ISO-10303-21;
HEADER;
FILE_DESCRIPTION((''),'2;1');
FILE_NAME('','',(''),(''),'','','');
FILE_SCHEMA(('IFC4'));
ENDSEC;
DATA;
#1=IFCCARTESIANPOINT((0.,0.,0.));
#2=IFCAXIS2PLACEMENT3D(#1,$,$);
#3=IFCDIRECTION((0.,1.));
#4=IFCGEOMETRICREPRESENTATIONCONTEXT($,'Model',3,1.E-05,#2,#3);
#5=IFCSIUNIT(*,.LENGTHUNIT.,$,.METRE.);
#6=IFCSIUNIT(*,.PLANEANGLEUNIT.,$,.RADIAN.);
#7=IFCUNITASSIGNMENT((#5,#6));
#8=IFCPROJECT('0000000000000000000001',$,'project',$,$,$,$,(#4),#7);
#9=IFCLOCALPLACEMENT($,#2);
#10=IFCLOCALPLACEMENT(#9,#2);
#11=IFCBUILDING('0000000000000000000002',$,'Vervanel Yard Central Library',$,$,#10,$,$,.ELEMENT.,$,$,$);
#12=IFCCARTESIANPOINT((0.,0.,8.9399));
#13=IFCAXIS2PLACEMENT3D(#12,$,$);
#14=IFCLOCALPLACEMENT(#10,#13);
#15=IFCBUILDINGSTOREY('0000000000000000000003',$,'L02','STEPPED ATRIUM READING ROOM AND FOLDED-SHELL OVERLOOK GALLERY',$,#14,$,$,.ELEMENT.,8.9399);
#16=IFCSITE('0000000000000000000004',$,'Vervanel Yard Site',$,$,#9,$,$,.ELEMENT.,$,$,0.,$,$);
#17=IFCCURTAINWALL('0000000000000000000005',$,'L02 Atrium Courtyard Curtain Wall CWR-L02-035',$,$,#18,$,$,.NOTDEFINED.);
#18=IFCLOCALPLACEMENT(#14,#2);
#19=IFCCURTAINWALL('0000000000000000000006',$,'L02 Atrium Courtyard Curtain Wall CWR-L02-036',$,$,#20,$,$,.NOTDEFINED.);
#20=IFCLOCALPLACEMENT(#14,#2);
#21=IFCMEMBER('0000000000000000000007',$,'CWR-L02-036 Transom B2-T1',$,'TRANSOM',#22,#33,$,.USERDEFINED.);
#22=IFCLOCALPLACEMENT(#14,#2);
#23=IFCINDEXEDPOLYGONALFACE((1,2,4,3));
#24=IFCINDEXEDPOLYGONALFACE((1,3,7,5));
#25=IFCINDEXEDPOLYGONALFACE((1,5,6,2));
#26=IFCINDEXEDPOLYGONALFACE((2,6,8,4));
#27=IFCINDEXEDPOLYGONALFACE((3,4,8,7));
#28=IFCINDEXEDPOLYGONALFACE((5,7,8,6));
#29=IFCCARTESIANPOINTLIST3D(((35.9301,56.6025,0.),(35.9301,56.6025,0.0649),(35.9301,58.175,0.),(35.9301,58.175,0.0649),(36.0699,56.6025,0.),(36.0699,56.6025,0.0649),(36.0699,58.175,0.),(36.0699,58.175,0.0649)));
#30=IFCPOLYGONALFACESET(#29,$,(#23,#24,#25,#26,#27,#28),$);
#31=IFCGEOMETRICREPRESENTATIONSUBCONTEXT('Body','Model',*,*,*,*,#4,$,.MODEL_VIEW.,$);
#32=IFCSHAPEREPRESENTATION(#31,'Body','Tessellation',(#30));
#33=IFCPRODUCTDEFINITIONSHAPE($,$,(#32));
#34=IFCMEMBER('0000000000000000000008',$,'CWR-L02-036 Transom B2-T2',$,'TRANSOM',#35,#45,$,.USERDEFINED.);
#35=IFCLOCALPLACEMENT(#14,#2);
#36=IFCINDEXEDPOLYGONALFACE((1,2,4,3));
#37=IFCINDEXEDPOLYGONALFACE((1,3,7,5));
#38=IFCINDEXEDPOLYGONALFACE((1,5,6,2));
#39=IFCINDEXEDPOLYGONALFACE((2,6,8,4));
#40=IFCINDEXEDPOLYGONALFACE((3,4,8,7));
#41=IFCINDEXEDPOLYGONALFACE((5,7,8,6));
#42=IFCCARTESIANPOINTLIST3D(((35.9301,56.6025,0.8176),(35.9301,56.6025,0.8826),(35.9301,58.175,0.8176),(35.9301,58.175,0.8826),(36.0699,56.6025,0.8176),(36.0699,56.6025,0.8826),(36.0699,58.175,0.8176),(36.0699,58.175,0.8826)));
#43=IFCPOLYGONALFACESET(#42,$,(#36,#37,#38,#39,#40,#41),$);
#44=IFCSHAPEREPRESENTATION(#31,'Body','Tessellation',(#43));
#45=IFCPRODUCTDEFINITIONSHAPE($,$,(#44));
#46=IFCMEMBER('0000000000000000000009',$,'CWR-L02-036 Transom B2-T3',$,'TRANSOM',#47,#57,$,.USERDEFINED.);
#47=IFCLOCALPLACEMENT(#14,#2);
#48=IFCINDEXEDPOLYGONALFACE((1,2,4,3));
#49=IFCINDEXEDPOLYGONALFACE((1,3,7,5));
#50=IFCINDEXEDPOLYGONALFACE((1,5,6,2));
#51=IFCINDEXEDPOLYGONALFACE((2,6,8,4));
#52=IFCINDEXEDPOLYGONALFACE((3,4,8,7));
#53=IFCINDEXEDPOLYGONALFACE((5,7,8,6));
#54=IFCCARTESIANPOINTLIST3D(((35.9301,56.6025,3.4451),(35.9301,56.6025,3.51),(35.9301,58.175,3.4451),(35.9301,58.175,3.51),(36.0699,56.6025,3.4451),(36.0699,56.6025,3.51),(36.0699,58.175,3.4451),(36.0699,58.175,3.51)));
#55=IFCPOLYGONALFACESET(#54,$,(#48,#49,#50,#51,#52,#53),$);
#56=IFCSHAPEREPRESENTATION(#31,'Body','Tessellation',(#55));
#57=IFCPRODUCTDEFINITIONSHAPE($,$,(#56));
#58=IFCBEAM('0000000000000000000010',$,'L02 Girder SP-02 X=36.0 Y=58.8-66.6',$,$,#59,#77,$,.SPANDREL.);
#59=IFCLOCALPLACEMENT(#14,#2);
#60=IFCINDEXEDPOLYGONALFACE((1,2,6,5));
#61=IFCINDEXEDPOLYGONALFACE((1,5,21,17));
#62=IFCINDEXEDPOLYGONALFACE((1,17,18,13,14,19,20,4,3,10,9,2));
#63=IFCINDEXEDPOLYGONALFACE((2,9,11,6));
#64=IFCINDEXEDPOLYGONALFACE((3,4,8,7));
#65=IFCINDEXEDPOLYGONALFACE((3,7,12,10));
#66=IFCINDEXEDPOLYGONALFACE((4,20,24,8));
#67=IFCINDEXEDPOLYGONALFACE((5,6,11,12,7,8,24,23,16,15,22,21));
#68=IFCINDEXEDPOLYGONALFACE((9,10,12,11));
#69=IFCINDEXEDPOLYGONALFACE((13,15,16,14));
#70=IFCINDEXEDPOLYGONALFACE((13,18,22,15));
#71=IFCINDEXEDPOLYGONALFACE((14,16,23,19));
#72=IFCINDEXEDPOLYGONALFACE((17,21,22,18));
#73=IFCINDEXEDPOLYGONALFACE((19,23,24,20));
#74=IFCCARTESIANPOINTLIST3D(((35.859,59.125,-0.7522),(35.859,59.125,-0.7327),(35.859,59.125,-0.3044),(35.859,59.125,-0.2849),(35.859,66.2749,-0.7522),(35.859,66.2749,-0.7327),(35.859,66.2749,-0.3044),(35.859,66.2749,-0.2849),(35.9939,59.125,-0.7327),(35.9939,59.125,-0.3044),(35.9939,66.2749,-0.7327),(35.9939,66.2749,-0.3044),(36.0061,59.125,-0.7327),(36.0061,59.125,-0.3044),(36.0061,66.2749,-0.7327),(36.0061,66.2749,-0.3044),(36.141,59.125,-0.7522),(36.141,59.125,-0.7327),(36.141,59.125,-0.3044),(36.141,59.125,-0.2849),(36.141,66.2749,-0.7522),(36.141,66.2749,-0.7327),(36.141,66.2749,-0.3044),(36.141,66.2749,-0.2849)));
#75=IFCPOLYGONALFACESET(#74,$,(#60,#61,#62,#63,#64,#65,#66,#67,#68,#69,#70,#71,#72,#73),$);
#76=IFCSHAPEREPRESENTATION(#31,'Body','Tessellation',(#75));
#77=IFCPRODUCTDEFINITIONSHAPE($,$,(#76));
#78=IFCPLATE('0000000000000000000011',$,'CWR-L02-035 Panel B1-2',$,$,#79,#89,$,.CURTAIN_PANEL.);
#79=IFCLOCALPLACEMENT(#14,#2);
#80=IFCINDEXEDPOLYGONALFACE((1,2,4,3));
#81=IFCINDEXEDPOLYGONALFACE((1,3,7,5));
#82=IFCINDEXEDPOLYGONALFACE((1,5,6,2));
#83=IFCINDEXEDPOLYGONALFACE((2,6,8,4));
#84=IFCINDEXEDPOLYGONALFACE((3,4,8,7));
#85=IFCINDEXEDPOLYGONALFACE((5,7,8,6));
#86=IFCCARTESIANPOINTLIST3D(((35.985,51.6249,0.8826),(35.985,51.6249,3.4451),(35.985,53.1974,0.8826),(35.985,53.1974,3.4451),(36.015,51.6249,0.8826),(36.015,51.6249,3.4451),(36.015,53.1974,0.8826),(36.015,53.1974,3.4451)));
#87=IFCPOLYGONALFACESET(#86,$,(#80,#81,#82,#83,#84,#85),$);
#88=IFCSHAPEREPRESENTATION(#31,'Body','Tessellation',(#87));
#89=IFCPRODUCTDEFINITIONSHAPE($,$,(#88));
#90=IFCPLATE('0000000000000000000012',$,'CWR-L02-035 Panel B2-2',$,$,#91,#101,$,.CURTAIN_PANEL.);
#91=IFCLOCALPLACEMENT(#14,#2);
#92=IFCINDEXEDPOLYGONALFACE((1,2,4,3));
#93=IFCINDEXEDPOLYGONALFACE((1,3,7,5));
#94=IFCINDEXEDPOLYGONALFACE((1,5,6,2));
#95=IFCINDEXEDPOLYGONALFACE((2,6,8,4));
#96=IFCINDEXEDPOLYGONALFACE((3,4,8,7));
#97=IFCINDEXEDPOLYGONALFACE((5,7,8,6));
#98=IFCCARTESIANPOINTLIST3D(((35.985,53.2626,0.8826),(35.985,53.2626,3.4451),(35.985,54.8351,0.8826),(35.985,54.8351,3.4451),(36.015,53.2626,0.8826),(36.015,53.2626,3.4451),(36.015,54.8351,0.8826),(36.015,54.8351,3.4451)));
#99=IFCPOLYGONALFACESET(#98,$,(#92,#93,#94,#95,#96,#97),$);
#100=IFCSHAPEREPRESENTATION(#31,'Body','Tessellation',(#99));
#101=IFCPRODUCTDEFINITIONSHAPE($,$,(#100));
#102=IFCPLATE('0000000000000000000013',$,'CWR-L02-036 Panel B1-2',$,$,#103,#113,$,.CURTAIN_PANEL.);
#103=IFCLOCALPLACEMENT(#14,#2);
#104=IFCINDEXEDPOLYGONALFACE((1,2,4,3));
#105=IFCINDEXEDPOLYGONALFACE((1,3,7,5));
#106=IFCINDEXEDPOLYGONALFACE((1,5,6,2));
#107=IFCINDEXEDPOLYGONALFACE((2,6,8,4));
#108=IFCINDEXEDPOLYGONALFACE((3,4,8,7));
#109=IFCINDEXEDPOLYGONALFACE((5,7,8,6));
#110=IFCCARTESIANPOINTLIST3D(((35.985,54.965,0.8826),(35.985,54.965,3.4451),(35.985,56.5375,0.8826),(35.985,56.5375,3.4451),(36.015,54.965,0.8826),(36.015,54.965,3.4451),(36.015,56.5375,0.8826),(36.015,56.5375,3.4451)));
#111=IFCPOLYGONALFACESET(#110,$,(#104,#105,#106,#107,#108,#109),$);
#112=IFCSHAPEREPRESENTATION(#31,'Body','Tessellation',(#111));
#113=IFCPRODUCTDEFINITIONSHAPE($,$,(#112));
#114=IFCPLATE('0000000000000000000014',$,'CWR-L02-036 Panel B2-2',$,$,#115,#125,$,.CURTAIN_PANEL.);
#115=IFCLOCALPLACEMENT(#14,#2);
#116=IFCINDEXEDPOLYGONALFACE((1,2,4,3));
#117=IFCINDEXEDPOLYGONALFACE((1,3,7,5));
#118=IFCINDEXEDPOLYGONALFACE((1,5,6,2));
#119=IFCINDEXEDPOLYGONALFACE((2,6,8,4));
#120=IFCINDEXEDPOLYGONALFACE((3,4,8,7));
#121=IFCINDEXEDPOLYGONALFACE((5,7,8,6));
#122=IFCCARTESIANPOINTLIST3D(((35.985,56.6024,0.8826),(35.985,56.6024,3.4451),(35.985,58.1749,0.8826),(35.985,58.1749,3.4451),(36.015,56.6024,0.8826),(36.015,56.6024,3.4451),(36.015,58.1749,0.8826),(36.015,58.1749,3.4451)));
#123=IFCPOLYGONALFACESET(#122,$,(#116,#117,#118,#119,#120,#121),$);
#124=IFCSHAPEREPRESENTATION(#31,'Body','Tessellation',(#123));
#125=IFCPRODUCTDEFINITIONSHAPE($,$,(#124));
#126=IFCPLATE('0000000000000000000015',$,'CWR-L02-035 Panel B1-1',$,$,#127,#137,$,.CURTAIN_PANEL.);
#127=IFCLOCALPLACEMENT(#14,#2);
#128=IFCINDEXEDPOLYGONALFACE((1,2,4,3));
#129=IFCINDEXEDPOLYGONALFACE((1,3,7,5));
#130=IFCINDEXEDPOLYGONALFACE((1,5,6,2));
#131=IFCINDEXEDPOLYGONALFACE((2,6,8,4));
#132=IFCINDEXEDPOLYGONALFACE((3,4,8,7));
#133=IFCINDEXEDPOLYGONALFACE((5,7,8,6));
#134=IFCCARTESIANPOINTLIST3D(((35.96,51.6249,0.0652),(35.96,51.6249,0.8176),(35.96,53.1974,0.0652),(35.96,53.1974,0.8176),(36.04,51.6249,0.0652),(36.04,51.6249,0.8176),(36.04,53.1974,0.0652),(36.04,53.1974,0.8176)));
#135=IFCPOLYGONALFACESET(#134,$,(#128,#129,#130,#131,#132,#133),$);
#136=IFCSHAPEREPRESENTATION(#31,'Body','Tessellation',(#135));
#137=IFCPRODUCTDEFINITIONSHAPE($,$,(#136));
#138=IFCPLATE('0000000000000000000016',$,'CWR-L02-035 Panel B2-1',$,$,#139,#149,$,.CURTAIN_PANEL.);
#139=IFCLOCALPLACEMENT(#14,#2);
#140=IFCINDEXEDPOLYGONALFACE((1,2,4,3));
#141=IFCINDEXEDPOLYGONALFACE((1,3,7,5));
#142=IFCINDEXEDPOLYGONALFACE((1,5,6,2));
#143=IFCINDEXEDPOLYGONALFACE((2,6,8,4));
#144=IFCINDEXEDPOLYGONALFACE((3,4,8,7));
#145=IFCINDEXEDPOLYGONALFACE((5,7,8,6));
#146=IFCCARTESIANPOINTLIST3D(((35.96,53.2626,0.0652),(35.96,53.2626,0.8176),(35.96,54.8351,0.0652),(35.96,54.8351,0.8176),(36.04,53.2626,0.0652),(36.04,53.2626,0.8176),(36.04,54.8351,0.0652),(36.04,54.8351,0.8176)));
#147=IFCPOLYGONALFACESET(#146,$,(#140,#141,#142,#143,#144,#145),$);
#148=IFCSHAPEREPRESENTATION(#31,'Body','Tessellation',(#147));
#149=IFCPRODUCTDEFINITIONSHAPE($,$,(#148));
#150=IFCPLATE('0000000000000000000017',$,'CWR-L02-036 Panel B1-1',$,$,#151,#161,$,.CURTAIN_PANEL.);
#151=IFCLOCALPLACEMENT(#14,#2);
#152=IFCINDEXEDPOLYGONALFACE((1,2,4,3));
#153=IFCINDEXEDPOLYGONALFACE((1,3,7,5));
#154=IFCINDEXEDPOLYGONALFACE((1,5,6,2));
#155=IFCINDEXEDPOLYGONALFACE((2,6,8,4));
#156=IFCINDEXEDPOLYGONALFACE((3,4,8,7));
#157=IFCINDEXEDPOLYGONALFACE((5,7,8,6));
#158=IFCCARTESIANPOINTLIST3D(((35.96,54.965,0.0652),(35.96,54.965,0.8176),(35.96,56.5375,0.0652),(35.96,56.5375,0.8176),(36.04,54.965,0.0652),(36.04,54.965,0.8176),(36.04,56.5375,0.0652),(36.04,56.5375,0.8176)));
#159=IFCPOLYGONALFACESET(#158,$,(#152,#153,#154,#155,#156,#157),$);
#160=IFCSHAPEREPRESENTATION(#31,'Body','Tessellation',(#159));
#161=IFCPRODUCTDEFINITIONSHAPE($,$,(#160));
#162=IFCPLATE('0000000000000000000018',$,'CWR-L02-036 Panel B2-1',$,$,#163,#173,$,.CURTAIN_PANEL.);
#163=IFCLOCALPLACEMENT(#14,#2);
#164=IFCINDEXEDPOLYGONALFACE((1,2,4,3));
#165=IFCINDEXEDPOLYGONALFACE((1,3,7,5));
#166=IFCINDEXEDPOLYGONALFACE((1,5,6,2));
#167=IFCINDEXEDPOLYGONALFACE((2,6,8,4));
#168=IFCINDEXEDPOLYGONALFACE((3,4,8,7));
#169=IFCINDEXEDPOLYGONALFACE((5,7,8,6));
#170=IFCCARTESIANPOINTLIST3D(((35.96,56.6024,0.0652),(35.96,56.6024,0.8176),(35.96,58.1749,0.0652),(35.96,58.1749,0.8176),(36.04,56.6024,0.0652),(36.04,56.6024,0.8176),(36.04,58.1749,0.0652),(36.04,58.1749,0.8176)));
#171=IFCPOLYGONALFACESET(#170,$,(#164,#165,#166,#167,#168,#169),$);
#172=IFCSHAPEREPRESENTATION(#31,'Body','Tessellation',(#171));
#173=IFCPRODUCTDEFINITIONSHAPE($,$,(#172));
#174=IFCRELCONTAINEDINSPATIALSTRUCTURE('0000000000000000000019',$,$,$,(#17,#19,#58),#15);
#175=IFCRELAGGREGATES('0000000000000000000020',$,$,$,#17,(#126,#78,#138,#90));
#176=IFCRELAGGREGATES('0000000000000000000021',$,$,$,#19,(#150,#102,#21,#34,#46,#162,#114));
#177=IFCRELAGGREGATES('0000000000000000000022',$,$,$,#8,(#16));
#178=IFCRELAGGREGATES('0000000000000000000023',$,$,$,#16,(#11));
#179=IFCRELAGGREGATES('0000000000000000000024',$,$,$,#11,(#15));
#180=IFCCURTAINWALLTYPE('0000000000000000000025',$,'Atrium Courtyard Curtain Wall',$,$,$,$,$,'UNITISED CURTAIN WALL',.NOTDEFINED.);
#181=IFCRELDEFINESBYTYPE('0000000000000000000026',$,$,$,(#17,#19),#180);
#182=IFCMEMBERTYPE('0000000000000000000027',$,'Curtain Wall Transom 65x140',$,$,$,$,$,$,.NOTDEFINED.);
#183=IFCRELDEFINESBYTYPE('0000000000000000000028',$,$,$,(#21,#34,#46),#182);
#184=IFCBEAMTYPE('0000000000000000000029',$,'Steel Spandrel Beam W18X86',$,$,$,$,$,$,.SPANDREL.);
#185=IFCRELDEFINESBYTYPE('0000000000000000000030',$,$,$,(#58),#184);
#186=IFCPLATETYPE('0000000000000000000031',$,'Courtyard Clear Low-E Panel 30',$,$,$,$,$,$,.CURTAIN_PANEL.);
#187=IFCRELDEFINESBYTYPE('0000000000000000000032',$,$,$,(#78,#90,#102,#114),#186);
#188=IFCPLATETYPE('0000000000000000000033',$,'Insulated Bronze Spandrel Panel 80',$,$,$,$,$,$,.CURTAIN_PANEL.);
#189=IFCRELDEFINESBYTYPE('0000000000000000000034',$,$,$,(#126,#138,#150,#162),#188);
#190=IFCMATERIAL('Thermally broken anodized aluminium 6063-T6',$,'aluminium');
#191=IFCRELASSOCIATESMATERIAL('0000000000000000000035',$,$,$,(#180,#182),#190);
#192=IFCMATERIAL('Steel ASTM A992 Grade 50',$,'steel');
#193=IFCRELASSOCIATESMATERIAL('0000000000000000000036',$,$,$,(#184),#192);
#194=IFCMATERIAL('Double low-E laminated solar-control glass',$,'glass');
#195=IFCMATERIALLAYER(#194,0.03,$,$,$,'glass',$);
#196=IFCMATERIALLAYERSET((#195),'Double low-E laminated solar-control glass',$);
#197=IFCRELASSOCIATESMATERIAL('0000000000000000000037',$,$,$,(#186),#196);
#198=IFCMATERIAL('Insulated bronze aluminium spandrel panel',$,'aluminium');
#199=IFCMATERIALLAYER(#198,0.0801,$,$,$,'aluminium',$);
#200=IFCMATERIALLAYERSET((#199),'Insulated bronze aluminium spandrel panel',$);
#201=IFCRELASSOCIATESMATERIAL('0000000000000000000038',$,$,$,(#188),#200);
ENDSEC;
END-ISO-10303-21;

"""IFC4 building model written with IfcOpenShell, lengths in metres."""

from ifc_helpers import new_model, si_unit, direction, frame, origin, origin_2d, place, context, subcontext, project, spatial, rectangle, i_section, extrude, material, layer, layer_set, material_profile, profile_set, type_object, element, aggregate, save


model = new_model("IFC4")

# Units and contexts
model_context = context("Model", 3, precision=1e-05, world=origin(), true_north=direction((0.0, 1.0)))
body_context = subcontext(model_context, "Body", "Model", "MODEL_VIEW")
ifc_project = project(units=[si_unit("LENGTHUNIT", "METRE"), si_unit("PLANEANGLEUNIT", "RADIAN")], contexts=[model_context])

# Site, building, storey
site_placement = place(None, origin())
site = spatial("IfcSite", under=ifc_project, at=site_placement, Name="Vervanel Yard Site", CompositionType="ELEMENT", RefElevation=0.0)
building_placement = place(site_placement, origin())
building = spatial("IfcBuilding", under=site, at=building_placement, Name="Vervanel Yard Central Library", CompositionType="ELEMENT")
storey_placement = place(building_placement, frame((0.0, 0.0, 8.9399)))
storey = spatial("IfcBuildingStorey", under=building, at=storey_placement, Name="L02", Description="STEPPED ATRIUM READING ROOM AND FOLDED-SHELL OVERLOOK GALLERY", CompositionType="ELEMENT", Elevation=8.9399)

# Curtain walls
ifc_material_1 = material(Name="Thermally broken anodized aluminium 6063-T6", Category="aluminium")
curtain_wall_type = type_object("IfcCurtainWallType", Name="Atrium Courtyard Curtain Wall", ElementType="UNITISED CURTAIN WALL", PredefinedType="NOTDEFINED", material=ifc_material_1)
curtain_wall_1_placement = place(storey_placement, origin())
curtain_wall_1 = element("IfcCurtainWall", 1, at=curtain_wall_1_placement, inside=storey, type_object=curtain_wall_type, Name="L02 Atrium Courtyard Curtain Wall CWR-L02-035", PredefinedType="NOTDEFINED")
curtain_wall_2_placement = place(storey_placement, origin())
curtain_wall_2 = element("IfcCurtainWall", 2, at=curtain_wall_2_placement, inside=storey, type_object=curtain_wall_type, Name="L02 Atrium Courtyard Curtain Wall CWR-L02-036", PredefinedType="NOTDEFINED")

# Members
ifc_material_profile_1 = material_profile(ifc_material_1, rectangle(XDim=0.0649, YDim=0.1399, at=origin_2d()), Name="ALU 65x140", Category="aluminium")
ifc_profile_set_1 = profile_set([ifc_material_profile_1], Name="Thermally broken anodized aluminium 6063-T6")
member_type_1 = type_object("IfcMemberType", Name="Curtain Wall Transom 65x140", PredefinedType="NOTDEFINED", material=ifc_profile_set_1)
member_1_placement = place(storey_placement, frame((36.0, 56.6025, 0.0325), z_axis=(0.0, 1.0, 0.0), x_axis=(0.0, 0.0, 1.0)))
member_1 = element("IfcMember", 3, at=member_1_placement, type_object=member_type_1, Name="CWR-L02-036 Transom B2-T1", ObjectType="TRANSOM", PredefinedType="USERDEFINED", context=body_context, shape_type="SweptSolid", body=[
    extrude(rectangle(XDim=0.0649, YDim=0.1399, at=origin_2d()), origin(), (0.0, 0.0, 1.0), 1.5725),
])
member_2_placement = place(storey_placement, frame((36.0, 56.6025, 0.8501), z_axis=(0.0, 1.0, 0.0), x_axis=(0.0, 0.0, 1.0)))
member_2 = element("IfcMember", 4, at=member_2_placement, type_object=member_type_1, Name="CWR-L02-036 Transom B2-T2", ObjectType="TRANSOM", PredefinedType="USERDEFINED", context=body_context, shape_type="SweptSolid", body=[
    extrude(rectangle(XDim=0.0649, YDim=0.1399, at=origin_2d()), origin(), (0.0, 0.0, 1.0), 1.5725),
])
member_3_placement = place(storey_placement, frame((36.0, 56.6025, 3.4775), z_axis=(0.0, 1.0, 0.0), x_axis=(0.0, 0.0, 1.0)))
member_3 = element("IfcMember", 5, at=member_3_placement, type_object=member_type_1, Name="CWR-L02-036 Transom B2-T3", ObjectType="TRANSOM", PredefinedType="USERDEFINED", context=body_context, shape_type="SweptSolid", body=[
    extrude(rectangle(XDim=0.0649, YDim=0.1399, at=origin_2d()), origin(), (0.0, 0.0, 1.0), 1.5725),
])

# Beam
ifc_material_2 = material(Name="Steel ASTM A992 Grade 50", Category="steel")
ifc_material_profile_2 = material_profile(ifc_material_2, i_section(OverallWidth=0.282, OverallDepth=0.4673, WebThickness=0.0122, FlangeThickness=0.0195, at=origin_2d()), Name="W18X86", Category="steel")
ifc_profile_set_2 = profile_set([ifc_material_profile_2], Name="Steel ASTM A992 Grade 50")
beam_type = type_object("IfcBeamType", Name="Steel Spandrel Beam W18X86", PredefinedType="SPANDREL", material=ifc_profile_set_2)
beam_placement = place(storey_placement, frame((36.0, 59.125, -0.5186), z_axis=(0.0, 1.0, 0.0), x_axis=(-1.0, 0.0, 0.0)))
element("IfcBeam", 6, at=beam_placement, inside=storey, type_object=beam_type, Name="L02 Girder SP-02 X=36.0 Y=58.8-66.6", PredefinedType="SPANDREL", context=body_context, shape_type="SweptSolid", body=[
    extrude(i_section(OverallWidth=0.282, OverallDepth=0.4673, WebThickness=0.0122, FlangeThickness=0.0195, at=origin_2d()), origin(), (0.0, 0.0, 1.0), 7.1499),
])

# Plates
ifc_material_3 = material(Name="Double low-E laminated solar-control glass", Category="glass")
ifc_layer_1 = layer(ifc_material_3, 0.03, Category="glass")
ifc_layer_set_1 = layer_set([ifc_layer_1], Name="Double low-E laminated solar-control glass")
plate_type_1 = type_object("IfcPlateType", Name="Courtyard Clear Low-E Panel 30", PredefinedType="CURTAIN_PANEL", material=ifc_layer_set_1)
plate_1_placement = place(storey_placement, frame((36.0, 52.4111, 0.8826), z_axis=(0.0, 0.0, 1.0), x_axis=(0.0, 1.0, 0.0)))
plate_1 = element("IfcPlate", 7, at=plate_1_placement, type_object=plate_type_1, Name="CWR-L02-035 Panel B1-2", PredefinedType="CURTAIN_PANEL", context=body_context, shape_type="SweptSolid", body=[
    extrude(rectangle(XDim=1.5725, YDim=0.03, at=origin_2d()), origin(), (0.0, 0.0, 1.0), 2.5625),
])
plate_2_placement = place(storey_placement, frame((36.0, 54.0488, 0.8826), z_axis=(0.0, 0.0, 1.0), x_axis=(0.0, 1.0, 0.0)))
plate_2 = element("IfcPlate", 8, at=plate_2_placement, type_object=plate_type_1, Name="CWR-L02-035 Panel B2-2", PredefinedType="CURTAIN_PANEL", context=body_context, shape_type="SweptSolid", body=[
    extrude(rectangle(XDim=1.5725, YDim=0.03, at=origin_2d()), origin(), (0.0, 0.0, 1.0), 2.5625),
])
plate_3_placement = place(storey_placement, frame((36.0, 55.7512, 0.8826), z_axis=(0.0, 0.0, 1.0), x_axis=(0.0, 1.0, 0.0)))
plate_3 = element("IfcPlate", 9, at=plate_3_placement, type_object=plate_type_1, Name="CWR-L02-036 Panel B1-2", PredefinedType="CURTAIN_PANEL", context=body_context, shape_type="SweptSolid", body=[
    extrude(rectangle(XDim=1.5725, YDim=0.03, at=origin_2d()), origin(), (0.0, 0.0, 1.0), 2.5625),
])
plate_4_placement = place(storey_placement, frame((36.0, 57.3887, 0.8826), z_axis=(0.0, 0.0, 1.0), x_axis=(0.0, 1.0, 0.0)))
plate_4 = element("IfcPlate", 10, at=plate_4_placement, type_object=plate_type_1, Name="CWR-L02-036 Panel B2-2", PredefinedType="CURTAIN_PANEL", context=body_context, shape_type="SweptSolid", body=[
    extrude(rectangle(XDim=1.5725, YDim=0.03, at=origin_2d()), origin(), (0.0, 0.0, 1.0), 2.5625),
])
ifc_material_4 = material(Name="Insulated bronze aluminium spandrel panel", Category="aluminium")
ifc_layer_2 = layer(ifc_material_4, 0.0801, Category="aluminium")
ifc_layer_set_2 = layer_set([ifc_layer_2], Name="Insulated bronze aluminium spandrel panel")
plate_type_2 = type_object("IfcPlateType", Name="Insulated Bronze Spandrel Panel 80", PredefinedType="CURTAIN_PANEL", material=ifc_layer_set_2)
plate_5_placement = place(storey_placement, frame((36.0, 52.4111, 0.0652), z_axis=(0.0, 0.0, 1.0), x_axis=(0.0, 1.0, 0.0)))
plate_5 = element("IfcPlate", 11, at=plate_5_placement, type_object=plate_type_2, Name="CWR-L02-035 Panel B1-1", PredefinedType="CURTAIN_PANEL", context=body_context, shape_type="SweptSolid", body=[
    extrude(rectangle(XDim=1.5725, YDim=0.0801, at=origin_2d()), origin(), (0.0, 0.0, 1.0), 0.7524),
])
plate_6_placement = place(storey_placement, frame((36.0, 54.0488, 0.0652), z_axis=(0.0, 0.0, 1.0), x_axis=(0.0, 1.0, 0.0)))
plate_6 = element("IfcPlate", 12, at=plate_6_placement, type_object=plate_type_2, Name="CWR-L02-035 Panel B2-1", PredefinedType="CURTAIN_PANEL", context=body_context, shape_type="SweptSolid", body=[
    extrude(rectangle(XDim=1.5725, YDim=0.0801, at=origin_2d()), origin(), (0.0, 0.0, 1.0), 0.7524),
])
aggregate(curtain_wall_1, [plate_5, plate_1, plate_6, plate_2])
plate_7_placement = place(storey_placement, frame((36.0, 55.7512, 0.0652), z_axis=(0.0, 0.0, 1.0), x_axis=(0.0, 1.0, 0.0)))
plate_7 = element("IfcPlate", 13, at=plate_7_placement, type_object=plate_type_2, Name="CWR-L02-036 Panel B1-1", PredefinedType="CURTAIN_PANEL", context=body_context, shape_type="SweptSolid", body=[
    extrude(rectangle(XDim=1.5725, YDim=0.0801, at=origin_2d()), origin(), (0.0, 0.0, 1.0), 0.7524),
])
plate_8_placement = place(storey_placement, frame((36.0, 57.3887, 0.0652), z_axis=(0.0, 0.0, 1.0), x_axis=(0.0, 1.0, 0.0)))
plate_8 = element("IfcPlate", 14, at=plate_8_placement, type_object=plate_type_2, Name="CWR-L02-036 Panel B2-1", PredefinedType="CURTAIN_PANEL", context=body_context, shape_type="SweptSolid", body=[
    extrude(rectangle(XDim=1.5725, YDim=0.0801, at=origin_2d()), origin(), (0.0, 0.0, 1.0), 0.7524),
])
aggregate(curtain_wall_2, [plate_7, plate_3, member_1, member_2, member_3, plate_8, plate_4])

save(model, "model.ifc")
